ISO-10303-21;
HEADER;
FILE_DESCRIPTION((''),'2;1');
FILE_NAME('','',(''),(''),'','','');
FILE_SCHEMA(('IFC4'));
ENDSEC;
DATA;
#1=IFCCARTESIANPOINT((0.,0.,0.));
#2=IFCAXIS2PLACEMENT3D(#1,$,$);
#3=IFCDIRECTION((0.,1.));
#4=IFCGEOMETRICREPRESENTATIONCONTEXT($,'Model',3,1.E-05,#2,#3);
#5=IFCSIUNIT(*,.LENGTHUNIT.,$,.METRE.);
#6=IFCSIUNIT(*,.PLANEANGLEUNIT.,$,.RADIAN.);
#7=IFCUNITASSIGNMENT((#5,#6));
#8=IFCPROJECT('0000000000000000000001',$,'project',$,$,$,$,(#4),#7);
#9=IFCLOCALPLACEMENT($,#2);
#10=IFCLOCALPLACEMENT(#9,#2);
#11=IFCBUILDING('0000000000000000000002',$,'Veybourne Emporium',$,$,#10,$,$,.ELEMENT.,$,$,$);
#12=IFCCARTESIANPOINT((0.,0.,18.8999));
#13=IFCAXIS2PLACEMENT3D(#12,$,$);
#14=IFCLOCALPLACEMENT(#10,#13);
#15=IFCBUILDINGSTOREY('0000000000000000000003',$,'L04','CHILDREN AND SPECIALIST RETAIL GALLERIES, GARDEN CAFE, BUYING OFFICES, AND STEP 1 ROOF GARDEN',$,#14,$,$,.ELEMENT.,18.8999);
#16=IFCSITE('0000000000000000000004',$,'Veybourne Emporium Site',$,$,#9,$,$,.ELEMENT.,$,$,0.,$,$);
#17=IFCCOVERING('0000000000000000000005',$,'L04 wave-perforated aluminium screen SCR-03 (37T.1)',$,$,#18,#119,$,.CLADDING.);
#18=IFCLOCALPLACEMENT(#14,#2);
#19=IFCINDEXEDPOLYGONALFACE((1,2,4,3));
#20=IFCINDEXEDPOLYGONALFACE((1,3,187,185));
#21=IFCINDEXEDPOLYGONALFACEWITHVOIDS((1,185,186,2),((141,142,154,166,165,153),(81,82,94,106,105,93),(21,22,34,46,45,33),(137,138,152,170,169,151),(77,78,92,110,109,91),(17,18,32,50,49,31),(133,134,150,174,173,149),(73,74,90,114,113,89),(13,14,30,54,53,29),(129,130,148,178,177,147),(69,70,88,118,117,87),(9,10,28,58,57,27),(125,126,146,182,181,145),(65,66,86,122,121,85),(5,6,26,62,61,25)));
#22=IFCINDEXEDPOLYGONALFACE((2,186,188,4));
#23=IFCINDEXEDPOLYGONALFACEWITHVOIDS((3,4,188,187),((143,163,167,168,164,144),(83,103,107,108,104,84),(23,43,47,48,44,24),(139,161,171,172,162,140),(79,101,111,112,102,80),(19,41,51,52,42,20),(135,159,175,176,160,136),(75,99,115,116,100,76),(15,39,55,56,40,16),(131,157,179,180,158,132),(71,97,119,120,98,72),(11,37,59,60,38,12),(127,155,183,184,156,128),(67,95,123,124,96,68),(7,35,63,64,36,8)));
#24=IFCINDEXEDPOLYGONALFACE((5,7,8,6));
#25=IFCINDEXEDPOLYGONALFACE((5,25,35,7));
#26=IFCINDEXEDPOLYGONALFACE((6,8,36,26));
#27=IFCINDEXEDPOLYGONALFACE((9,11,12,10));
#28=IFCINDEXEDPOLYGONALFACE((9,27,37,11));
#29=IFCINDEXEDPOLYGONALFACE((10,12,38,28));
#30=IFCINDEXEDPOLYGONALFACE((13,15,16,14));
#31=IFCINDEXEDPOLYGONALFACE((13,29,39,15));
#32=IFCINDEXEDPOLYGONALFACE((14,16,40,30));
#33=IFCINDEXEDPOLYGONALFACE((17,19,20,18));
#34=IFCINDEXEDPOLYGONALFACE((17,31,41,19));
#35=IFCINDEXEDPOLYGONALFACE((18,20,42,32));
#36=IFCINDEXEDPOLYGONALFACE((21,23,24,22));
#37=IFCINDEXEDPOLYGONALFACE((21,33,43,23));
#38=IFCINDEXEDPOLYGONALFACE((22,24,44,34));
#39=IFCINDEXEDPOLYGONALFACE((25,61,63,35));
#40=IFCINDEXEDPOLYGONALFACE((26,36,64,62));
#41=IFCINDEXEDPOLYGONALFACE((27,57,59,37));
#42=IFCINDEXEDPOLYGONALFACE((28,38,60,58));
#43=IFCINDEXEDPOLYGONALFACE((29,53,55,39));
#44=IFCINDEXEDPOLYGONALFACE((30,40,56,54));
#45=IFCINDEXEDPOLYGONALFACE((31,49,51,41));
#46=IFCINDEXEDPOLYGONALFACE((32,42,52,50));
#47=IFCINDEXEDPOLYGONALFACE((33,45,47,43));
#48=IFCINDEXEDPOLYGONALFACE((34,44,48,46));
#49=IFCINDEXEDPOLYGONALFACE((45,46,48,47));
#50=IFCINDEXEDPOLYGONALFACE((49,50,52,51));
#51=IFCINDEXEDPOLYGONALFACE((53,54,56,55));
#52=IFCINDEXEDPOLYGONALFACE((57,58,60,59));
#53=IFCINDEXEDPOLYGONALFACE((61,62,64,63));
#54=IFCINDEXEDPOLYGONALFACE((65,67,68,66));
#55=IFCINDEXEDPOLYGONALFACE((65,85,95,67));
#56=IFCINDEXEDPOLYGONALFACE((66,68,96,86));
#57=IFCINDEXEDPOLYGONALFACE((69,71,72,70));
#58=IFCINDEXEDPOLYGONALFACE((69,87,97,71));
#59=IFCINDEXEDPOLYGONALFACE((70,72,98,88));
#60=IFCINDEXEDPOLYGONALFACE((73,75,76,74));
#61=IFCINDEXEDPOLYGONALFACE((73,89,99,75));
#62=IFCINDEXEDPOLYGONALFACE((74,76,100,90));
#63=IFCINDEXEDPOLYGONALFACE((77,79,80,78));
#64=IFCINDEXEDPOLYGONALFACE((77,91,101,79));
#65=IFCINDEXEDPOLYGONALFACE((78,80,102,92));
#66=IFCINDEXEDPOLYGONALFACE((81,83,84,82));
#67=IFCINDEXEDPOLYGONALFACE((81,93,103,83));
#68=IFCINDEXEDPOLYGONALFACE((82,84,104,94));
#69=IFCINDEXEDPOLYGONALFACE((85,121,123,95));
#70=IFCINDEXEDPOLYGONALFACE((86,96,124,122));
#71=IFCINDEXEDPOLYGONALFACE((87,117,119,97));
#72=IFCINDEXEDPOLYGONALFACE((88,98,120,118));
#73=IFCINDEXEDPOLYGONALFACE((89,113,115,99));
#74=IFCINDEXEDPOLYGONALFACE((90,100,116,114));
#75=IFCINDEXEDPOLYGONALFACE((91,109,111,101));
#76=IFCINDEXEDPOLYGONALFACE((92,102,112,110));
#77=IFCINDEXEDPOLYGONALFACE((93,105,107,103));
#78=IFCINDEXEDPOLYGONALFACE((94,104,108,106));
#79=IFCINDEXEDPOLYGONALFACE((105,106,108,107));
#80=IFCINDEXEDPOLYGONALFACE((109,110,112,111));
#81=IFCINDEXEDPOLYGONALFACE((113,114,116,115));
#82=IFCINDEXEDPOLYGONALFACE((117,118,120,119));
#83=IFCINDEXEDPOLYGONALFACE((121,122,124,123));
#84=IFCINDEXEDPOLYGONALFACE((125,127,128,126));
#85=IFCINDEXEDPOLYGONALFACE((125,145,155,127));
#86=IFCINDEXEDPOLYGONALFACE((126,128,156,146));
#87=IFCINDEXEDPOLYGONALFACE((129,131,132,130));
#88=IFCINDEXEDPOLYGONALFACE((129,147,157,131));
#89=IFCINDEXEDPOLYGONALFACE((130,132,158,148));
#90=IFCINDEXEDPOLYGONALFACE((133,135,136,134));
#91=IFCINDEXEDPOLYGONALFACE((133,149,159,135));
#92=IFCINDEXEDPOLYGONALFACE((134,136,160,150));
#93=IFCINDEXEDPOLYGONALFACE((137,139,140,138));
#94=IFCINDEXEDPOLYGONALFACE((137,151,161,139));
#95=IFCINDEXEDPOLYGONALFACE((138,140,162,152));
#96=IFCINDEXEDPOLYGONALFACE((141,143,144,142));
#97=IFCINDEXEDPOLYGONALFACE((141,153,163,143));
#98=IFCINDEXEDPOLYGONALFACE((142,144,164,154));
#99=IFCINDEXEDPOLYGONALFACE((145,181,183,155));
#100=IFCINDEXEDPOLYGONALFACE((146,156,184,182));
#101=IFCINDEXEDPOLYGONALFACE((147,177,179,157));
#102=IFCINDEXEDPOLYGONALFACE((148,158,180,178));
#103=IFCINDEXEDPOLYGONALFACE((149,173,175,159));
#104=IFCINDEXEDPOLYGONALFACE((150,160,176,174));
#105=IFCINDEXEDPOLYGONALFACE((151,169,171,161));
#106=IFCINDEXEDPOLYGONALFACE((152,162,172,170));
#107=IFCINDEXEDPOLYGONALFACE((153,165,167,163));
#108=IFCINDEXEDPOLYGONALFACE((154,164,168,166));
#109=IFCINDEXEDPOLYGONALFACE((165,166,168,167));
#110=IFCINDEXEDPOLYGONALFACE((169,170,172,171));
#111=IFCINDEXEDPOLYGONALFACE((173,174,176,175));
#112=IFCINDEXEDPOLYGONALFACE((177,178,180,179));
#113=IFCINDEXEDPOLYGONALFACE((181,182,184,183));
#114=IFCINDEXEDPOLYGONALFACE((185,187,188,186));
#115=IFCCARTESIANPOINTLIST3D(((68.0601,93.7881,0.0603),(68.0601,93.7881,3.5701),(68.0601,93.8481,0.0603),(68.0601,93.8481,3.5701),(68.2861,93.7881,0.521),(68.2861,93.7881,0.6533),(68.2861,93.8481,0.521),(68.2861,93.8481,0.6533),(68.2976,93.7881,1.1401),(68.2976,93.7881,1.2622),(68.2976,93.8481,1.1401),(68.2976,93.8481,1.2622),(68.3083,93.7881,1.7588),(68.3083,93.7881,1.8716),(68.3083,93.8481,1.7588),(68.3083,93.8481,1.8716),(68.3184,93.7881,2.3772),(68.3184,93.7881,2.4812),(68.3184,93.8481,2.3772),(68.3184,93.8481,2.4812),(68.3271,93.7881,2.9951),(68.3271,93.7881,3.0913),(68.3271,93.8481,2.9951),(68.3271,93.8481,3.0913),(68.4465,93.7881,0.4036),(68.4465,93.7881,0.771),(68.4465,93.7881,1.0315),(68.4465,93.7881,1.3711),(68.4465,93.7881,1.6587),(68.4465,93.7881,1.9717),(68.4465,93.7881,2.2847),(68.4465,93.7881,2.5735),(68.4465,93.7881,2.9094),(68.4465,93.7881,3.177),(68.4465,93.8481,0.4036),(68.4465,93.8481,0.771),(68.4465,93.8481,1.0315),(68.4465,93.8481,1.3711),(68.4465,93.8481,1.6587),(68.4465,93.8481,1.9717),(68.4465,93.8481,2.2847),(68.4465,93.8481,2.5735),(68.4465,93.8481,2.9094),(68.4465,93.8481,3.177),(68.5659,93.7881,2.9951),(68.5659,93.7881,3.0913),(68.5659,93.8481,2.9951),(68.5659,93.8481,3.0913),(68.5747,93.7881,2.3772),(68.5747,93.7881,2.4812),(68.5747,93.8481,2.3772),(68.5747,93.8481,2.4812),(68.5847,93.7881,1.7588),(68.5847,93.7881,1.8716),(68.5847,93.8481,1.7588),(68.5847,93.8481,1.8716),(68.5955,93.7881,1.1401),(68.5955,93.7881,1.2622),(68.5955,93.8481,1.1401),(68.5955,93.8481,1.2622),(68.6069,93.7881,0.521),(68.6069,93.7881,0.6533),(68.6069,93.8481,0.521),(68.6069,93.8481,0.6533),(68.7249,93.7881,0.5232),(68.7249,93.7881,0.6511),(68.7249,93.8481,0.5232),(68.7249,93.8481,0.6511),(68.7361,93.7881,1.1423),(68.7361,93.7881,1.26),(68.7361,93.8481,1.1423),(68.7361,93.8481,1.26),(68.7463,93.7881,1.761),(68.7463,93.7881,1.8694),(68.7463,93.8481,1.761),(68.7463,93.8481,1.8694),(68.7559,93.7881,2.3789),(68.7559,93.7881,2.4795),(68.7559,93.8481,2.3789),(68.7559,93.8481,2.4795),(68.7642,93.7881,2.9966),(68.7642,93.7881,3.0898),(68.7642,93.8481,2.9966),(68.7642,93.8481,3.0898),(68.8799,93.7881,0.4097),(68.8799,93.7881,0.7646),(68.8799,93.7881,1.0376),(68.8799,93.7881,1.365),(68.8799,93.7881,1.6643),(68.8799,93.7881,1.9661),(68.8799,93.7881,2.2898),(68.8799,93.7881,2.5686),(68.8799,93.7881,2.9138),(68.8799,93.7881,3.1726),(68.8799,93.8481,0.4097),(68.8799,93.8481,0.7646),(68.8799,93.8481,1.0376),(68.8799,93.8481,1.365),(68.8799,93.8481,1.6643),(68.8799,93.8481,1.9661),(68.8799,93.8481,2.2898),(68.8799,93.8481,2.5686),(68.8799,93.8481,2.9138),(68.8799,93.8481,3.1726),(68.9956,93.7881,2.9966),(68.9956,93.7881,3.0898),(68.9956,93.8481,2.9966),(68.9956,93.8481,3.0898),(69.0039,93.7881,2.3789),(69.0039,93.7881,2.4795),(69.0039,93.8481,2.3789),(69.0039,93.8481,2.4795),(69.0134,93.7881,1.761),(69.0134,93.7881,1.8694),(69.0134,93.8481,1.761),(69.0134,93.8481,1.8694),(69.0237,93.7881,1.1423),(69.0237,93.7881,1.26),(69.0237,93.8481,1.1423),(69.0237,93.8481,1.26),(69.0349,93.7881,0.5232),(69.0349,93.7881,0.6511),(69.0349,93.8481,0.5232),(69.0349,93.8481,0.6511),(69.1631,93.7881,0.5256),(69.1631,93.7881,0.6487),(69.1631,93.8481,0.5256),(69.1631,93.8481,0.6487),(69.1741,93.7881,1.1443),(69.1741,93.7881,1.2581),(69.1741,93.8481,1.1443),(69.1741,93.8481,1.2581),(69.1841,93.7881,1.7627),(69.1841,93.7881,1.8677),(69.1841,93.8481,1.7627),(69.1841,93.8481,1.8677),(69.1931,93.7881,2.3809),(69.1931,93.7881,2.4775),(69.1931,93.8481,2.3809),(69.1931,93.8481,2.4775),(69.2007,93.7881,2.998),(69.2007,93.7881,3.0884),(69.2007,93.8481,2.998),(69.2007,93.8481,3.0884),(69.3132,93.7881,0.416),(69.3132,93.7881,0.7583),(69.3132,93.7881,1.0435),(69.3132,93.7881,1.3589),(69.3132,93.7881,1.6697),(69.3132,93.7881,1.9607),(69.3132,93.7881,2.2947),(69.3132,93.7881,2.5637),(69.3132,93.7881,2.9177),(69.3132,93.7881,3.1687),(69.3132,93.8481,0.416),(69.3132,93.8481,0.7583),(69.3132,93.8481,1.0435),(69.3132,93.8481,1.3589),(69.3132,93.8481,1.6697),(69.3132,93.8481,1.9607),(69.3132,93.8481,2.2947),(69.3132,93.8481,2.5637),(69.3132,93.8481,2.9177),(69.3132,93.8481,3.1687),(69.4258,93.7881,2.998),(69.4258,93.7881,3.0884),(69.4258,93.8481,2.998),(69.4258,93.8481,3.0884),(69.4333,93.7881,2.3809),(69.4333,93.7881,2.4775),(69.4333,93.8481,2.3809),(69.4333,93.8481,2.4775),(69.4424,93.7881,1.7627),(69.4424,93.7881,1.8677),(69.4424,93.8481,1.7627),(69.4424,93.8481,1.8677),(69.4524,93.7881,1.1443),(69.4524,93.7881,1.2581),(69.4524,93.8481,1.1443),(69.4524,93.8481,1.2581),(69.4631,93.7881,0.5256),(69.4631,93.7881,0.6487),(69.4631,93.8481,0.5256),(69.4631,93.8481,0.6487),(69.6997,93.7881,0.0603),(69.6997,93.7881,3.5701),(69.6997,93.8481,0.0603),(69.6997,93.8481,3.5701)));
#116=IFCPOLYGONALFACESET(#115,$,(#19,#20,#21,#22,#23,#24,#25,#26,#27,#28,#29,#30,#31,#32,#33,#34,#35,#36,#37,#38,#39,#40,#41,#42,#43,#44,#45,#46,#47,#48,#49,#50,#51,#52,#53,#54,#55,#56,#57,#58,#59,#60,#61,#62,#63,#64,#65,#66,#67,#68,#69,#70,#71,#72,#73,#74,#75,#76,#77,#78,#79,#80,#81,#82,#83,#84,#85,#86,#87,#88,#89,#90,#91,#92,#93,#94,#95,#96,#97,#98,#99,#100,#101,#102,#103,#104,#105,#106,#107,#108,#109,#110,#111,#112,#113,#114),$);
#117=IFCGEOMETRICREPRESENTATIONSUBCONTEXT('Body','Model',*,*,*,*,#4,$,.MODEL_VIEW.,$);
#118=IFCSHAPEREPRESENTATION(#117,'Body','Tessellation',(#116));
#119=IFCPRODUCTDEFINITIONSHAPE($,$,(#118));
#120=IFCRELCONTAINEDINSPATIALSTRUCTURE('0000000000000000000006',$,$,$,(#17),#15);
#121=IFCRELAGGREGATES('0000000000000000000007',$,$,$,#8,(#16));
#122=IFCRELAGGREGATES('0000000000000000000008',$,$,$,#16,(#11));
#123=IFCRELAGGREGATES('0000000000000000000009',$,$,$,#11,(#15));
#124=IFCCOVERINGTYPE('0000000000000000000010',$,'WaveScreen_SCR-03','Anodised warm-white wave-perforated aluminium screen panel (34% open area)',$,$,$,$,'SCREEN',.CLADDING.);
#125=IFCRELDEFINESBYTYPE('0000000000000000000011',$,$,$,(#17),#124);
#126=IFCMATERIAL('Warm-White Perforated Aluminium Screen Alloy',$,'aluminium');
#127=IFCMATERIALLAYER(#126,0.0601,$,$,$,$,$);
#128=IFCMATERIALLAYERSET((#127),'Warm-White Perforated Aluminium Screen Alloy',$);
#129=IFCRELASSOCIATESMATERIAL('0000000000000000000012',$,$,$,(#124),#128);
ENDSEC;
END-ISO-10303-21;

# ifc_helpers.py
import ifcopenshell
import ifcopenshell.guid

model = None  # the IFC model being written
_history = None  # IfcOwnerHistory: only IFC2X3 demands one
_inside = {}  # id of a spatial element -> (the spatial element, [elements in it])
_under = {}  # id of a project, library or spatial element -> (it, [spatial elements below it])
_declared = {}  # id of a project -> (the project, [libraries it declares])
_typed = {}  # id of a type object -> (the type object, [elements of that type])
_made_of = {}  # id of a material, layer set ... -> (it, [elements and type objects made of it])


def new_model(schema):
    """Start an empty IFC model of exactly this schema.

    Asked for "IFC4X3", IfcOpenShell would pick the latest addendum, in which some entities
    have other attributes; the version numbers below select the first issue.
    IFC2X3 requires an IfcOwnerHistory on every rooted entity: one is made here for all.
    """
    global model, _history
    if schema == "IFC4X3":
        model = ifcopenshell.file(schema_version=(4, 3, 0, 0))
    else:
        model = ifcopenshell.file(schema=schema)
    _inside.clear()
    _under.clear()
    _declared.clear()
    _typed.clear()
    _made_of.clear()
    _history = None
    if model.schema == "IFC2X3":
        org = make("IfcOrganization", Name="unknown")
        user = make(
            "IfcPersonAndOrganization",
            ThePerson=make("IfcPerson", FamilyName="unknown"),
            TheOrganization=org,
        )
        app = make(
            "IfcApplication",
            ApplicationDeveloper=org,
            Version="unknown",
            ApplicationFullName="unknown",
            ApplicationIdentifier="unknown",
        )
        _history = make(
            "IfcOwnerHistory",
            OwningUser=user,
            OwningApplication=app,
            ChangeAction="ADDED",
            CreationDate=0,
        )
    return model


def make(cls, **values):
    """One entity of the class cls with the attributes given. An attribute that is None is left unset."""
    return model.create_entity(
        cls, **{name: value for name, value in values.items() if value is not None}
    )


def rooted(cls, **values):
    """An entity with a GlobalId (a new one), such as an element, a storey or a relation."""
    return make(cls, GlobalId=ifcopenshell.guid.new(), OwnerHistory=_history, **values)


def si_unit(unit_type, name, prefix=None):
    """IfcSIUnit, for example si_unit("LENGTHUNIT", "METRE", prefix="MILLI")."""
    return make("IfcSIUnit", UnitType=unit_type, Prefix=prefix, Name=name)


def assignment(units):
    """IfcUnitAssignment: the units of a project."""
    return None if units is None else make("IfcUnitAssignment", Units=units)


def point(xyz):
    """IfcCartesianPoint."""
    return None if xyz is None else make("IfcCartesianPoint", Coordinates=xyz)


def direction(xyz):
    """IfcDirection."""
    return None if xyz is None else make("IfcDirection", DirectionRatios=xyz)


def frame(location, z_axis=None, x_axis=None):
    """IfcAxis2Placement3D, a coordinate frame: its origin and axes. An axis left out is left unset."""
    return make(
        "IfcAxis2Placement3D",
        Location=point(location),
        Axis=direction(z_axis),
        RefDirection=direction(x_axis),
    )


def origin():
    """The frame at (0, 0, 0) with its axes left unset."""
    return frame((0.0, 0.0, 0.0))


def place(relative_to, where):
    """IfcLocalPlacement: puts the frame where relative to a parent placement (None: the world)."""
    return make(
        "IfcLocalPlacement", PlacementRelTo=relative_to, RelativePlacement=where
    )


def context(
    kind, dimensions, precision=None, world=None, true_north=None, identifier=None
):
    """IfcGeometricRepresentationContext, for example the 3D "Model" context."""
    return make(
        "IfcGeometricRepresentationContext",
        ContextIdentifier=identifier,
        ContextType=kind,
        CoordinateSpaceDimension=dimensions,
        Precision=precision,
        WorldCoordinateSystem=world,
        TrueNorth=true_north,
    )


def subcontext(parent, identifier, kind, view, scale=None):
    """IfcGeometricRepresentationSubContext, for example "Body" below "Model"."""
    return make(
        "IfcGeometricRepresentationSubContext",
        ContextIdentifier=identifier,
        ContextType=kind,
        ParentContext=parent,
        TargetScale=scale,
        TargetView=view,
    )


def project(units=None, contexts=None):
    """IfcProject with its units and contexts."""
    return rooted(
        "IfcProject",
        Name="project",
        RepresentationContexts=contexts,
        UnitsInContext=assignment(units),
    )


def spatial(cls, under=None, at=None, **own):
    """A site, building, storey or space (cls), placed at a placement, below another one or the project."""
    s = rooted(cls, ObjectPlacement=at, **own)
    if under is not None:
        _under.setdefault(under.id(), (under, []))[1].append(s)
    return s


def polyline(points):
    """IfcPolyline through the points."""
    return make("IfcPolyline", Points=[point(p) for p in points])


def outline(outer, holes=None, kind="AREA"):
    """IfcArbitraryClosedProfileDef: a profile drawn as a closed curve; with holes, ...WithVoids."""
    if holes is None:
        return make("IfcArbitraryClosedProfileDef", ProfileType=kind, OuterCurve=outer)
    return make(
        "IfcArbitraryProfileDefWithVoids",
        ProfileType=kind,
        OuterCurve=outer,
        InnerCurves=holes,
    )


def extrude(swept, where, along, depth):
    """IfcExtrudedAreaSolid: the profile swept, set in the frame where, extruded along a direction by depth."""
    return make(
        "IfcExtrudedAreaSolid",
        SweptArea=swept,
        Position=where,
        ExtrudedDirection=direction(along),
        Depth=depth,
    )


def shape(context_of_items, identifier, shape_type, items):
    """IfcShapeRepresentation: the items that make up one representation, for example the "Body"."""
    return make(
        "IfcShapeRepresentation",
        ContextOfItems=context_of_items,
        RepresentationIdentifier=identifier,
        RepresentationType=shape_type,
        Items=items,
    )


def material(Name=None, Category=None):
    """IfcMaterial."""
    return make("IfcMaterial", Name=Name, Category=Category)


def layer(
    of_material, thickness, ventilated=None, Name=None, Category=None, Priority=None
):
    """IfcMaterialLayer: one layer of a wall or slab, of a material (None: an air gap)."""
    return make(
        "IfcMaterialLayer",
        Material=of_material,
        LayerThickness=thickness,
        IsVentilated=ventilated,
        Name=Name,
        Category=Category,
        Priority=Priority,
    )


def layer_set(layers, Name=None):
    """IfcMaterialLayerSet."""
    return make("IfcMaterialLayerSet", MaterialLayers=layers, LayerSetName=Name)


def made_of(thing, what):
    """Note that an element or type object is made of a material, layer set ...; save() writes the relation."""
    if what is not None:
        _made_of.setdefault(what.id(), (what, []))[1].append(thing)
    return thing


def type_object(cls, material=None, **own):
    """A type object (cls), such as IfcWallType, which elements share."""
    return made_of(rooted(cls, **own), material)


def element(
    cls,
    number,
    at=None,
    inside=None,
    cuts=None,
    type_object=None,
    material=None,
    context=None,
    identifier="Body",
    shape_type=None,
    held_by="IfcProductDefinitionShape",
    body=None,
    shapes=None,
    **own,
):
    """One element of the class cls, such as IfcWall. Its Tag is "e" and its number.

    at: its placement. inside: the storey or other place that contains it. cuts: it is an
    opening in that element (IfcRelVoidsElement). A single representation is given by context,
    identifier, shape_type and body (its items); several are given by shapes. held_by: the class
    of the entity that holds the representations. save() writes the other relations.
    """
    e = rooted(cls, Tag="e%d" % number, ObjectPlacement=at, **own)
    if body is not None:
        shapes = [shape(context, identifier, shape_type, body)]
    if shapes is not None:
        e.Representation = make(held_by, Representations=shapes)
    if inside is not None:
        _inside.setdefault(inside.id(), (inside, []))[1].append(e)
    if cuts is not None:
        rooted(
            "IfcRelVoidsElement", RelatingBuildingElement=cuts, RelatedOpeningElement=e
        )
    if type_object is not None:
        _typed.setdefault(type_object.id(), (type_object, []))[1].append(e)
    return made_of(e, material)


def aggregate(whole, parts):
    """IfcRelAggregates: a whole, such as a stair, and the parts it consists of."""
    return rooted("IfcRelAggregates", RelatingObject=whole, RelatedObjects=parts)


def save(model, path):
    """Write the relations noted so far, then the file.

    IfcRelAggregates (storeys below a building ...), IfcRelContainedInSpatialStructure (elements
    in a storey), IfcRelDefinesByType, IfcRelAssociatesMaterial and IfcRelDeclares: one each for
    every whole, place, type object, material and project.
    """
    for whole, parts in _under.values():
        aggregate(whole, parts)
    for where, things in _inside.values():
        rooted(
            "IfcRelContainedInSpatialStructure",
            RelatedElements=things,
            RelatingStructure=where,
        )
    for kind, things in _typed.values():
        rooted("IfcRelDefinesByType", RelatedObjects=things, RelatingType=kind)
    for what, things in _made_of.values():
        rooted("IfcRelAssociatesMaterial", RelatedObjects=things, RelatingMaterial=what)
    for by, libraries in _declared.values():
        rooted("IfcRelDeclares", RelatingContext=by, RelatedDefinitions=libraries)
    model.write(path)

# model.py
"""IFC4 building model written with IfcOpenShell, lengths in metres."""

from ifc_helpers import new_model, si_unit, direction, frame, origin, place, context, subcontext, project, spatial, polyline, outline, extrude, material, layer, layer_set, type_object, element, save


model = new_model("IFC4")

# Units and contexts
model_context = context("Model", 3, precision=1e-05, world=origin(), true_north=direction((0.0, 1.0)))
body_context = subcontext(model_context, "Body", "Model", "MODEL_VIEW")
ifc_project = project(units=[si_unit("LENGTHUNIT", "METRE"), si_unit("PLANEANGLEUNIT", "RADIAN")], contexts=[model_context])

# Site, building, storey
site_placement = place(None, origin())
site = spatial("IfcSite", under=ifc_project, at=site_placement, Name="Veybourne Emporium Site", CompositionType="ELEMENT", RefElevation=0.0)
building_placement = place(site_placement, origin())
building = spatial("IfcBuilding", under=site, at=building_placement, Name="Veybourne Emporium", CompositionType="ELEMENT")
storey_placement = place(building_placement, frame((0.0, 0.0, 18.8999)))
storey = spatial("IfcBuildingStorey", under=building, at=storey_placement, Name="L04", Description="CHILDREN AND SPECIALIST RETAIL GALLERIES, GARDEN CAFE, BUYING OFFICES, AND STEP 1 ROOF GARDEN", CompositionType="ELEMENT", Elevation=18.8999)

# Covering
ifc_material_1 = material(Name="Warm-White Perforated Aluminium Screen Alloy", Category="aluminium")
ifc_layer_1 = layer(ifc_material_1, 0.0601)
ifc_layer_set_1 = layer_set([ifc_layer_1], Name="Warm-White Perforated Aluminium Screen Alloy")
covering_type_1 = type_object("IfcCoveringType", Name="WaveScreen_SCR-03", Description="Anodised warm-white wave-perforated aluminium screen panel (34% open area)", ElementType="SCREEN", PredefinedType="CLADDING", material=ifc_layer_set_1)
covering_1_placement = place(storey_placement, frame((68.8799, 93.8481, 1.8152), z_axis=(0.0, -1.0, 0.0), x_axis=(1.0, 0.0, 0.0)))
element("IfcCovering", 1, at=covering_1_placement, inside=storey, type_object=covering_type_1, Name="L04 wave-perforated aluminium screen SCR-03 (37T.1)", PredefinedType="CLADDING", context=body_context, shape_type="SweptSolid", body=[
    extrude(outline(polyline([(-0.8198, -1.7549), (0.8198, -1.7549), (0.8198, 1.7549), (-0.8198, 1.7549), (-0.8198, -1.7549)]), holes=[polyline([(-0.4333, -1.0442), (-0.2729, -1.1619), (-0.2729, -1.2942), (-0.4333, -1.4116), (-0.5938, -1.2942), (-0.5938, -1.1619), (-0.4333, -1.0442)]), polyline([(-0.4333, -0.4441), (-0.2844, -0.553), (-0.2844, -0.675), (-0.4333, -0.7837), (-0.5823, -0.675), (-0.5823, -0.553), (-0.4333, -0.4441)]), polyline([(-0.4333, 0.1565), (-0.2952, 0.0564), (-0.2952, -0.0564), (-0.4333, -0.1565), (-0.5715, -0.0564), (-0.5715, 0.0564), (-0.4333, 0.1565)]), polyline([(-0.4333, 0.7583), (-0.3052, 0.666), (-0.3052, 0.562), (-0.4333, 0.4695), (-0.5615, 0.562), (-0.5615, 0.666), (-0.4333, 0.7583)]), polyline([(-0.4333, 1.3618), (-0.314, 1.2761), (-0.314, 1.1799), (-0.4333, 1.0942), (-0.5527, 1.1799), (-0.5527, 1.2761), (-0.4333, 1.3618)]), polyline([(0.0, -1.0505), (0.155, -1.1641), (0.155, -1.292), (0.0, -1.4055), (-0.155, -1.292), (-0.155, -1.1641), (0.0, -1.0505)]), polyline([(0.0, -0.4502), (0.1438, -0.5552), (0.1438, -0.6729), (0.0, -0.7776), (-0.1438, -0.6729), (-0.1438, -0.5552), (0.0, -0.4502)]), polyline([(0.0, 0.1509), (0.1335, 0.0542), (0.1335, -0.0542), (0.0, -0.1509), (-0.1335, -0.0542), (-0.1335, 0.0542), (0.0, 0.1509)]), polyline([(0.0, 0.7534), (0.124, 0.6643), (0.124, 0.5637), (0.0, 0.4746), (-0.124, 0.5637), (-0.124, 0.6643), (0.0, 0.7534)]), polyline([(0.0, 1.3574), (0.1157, 1.2747), (0.1157, 1.1814), (0.0, 1.0986), (-0.1157, 1.1814), (-0.1157, 1.2747), (0.0, 1.3574)]), polyline([(0.4333, -1.0569), (0.5833, -1.1665), (0.5833, -1.2896), (0.4333, -1.3992), (0.2832, -1.2896), (0.2832, -1.1665), (0.4333, -1.0569)]), polyline([(0.4333, -0.4563), (0.5725, -0.5571), (0.5725, -0.6709), (0.4333, -0.7717), (0.2942, -0.6709), (0.2942, -0.5571), (0.4333, -0.4563)]), polyline([(0.4333, 0.1455), (0.5625, 0.0525), (0.5625, -0.0525), (0.4333, -0.1455), (0.3042, -0.0525), (0.3042, 0.0525), (0.4333, 0.1455)]), polyline([(0.4333, 0.7485), (0.5535, 0.6624), (0.5535, 0.5657), (0.4333, 0.4795), (0.3132, 0.5657), (0.3132, 0.6624), (0.4333, 0.7485)]), polyline([(0.4333, 1.3535), (0.5459, 1.2732), (0.5459, 1.1829), (0.4333, 1.1025), (0.3208, 1.1829), (0.3208, 1.2732), (0.4333, 1.3535)])]), origin(), (0.0, 0.0, 1.0), 0.0601),
])

save(model, "model.ifc")
